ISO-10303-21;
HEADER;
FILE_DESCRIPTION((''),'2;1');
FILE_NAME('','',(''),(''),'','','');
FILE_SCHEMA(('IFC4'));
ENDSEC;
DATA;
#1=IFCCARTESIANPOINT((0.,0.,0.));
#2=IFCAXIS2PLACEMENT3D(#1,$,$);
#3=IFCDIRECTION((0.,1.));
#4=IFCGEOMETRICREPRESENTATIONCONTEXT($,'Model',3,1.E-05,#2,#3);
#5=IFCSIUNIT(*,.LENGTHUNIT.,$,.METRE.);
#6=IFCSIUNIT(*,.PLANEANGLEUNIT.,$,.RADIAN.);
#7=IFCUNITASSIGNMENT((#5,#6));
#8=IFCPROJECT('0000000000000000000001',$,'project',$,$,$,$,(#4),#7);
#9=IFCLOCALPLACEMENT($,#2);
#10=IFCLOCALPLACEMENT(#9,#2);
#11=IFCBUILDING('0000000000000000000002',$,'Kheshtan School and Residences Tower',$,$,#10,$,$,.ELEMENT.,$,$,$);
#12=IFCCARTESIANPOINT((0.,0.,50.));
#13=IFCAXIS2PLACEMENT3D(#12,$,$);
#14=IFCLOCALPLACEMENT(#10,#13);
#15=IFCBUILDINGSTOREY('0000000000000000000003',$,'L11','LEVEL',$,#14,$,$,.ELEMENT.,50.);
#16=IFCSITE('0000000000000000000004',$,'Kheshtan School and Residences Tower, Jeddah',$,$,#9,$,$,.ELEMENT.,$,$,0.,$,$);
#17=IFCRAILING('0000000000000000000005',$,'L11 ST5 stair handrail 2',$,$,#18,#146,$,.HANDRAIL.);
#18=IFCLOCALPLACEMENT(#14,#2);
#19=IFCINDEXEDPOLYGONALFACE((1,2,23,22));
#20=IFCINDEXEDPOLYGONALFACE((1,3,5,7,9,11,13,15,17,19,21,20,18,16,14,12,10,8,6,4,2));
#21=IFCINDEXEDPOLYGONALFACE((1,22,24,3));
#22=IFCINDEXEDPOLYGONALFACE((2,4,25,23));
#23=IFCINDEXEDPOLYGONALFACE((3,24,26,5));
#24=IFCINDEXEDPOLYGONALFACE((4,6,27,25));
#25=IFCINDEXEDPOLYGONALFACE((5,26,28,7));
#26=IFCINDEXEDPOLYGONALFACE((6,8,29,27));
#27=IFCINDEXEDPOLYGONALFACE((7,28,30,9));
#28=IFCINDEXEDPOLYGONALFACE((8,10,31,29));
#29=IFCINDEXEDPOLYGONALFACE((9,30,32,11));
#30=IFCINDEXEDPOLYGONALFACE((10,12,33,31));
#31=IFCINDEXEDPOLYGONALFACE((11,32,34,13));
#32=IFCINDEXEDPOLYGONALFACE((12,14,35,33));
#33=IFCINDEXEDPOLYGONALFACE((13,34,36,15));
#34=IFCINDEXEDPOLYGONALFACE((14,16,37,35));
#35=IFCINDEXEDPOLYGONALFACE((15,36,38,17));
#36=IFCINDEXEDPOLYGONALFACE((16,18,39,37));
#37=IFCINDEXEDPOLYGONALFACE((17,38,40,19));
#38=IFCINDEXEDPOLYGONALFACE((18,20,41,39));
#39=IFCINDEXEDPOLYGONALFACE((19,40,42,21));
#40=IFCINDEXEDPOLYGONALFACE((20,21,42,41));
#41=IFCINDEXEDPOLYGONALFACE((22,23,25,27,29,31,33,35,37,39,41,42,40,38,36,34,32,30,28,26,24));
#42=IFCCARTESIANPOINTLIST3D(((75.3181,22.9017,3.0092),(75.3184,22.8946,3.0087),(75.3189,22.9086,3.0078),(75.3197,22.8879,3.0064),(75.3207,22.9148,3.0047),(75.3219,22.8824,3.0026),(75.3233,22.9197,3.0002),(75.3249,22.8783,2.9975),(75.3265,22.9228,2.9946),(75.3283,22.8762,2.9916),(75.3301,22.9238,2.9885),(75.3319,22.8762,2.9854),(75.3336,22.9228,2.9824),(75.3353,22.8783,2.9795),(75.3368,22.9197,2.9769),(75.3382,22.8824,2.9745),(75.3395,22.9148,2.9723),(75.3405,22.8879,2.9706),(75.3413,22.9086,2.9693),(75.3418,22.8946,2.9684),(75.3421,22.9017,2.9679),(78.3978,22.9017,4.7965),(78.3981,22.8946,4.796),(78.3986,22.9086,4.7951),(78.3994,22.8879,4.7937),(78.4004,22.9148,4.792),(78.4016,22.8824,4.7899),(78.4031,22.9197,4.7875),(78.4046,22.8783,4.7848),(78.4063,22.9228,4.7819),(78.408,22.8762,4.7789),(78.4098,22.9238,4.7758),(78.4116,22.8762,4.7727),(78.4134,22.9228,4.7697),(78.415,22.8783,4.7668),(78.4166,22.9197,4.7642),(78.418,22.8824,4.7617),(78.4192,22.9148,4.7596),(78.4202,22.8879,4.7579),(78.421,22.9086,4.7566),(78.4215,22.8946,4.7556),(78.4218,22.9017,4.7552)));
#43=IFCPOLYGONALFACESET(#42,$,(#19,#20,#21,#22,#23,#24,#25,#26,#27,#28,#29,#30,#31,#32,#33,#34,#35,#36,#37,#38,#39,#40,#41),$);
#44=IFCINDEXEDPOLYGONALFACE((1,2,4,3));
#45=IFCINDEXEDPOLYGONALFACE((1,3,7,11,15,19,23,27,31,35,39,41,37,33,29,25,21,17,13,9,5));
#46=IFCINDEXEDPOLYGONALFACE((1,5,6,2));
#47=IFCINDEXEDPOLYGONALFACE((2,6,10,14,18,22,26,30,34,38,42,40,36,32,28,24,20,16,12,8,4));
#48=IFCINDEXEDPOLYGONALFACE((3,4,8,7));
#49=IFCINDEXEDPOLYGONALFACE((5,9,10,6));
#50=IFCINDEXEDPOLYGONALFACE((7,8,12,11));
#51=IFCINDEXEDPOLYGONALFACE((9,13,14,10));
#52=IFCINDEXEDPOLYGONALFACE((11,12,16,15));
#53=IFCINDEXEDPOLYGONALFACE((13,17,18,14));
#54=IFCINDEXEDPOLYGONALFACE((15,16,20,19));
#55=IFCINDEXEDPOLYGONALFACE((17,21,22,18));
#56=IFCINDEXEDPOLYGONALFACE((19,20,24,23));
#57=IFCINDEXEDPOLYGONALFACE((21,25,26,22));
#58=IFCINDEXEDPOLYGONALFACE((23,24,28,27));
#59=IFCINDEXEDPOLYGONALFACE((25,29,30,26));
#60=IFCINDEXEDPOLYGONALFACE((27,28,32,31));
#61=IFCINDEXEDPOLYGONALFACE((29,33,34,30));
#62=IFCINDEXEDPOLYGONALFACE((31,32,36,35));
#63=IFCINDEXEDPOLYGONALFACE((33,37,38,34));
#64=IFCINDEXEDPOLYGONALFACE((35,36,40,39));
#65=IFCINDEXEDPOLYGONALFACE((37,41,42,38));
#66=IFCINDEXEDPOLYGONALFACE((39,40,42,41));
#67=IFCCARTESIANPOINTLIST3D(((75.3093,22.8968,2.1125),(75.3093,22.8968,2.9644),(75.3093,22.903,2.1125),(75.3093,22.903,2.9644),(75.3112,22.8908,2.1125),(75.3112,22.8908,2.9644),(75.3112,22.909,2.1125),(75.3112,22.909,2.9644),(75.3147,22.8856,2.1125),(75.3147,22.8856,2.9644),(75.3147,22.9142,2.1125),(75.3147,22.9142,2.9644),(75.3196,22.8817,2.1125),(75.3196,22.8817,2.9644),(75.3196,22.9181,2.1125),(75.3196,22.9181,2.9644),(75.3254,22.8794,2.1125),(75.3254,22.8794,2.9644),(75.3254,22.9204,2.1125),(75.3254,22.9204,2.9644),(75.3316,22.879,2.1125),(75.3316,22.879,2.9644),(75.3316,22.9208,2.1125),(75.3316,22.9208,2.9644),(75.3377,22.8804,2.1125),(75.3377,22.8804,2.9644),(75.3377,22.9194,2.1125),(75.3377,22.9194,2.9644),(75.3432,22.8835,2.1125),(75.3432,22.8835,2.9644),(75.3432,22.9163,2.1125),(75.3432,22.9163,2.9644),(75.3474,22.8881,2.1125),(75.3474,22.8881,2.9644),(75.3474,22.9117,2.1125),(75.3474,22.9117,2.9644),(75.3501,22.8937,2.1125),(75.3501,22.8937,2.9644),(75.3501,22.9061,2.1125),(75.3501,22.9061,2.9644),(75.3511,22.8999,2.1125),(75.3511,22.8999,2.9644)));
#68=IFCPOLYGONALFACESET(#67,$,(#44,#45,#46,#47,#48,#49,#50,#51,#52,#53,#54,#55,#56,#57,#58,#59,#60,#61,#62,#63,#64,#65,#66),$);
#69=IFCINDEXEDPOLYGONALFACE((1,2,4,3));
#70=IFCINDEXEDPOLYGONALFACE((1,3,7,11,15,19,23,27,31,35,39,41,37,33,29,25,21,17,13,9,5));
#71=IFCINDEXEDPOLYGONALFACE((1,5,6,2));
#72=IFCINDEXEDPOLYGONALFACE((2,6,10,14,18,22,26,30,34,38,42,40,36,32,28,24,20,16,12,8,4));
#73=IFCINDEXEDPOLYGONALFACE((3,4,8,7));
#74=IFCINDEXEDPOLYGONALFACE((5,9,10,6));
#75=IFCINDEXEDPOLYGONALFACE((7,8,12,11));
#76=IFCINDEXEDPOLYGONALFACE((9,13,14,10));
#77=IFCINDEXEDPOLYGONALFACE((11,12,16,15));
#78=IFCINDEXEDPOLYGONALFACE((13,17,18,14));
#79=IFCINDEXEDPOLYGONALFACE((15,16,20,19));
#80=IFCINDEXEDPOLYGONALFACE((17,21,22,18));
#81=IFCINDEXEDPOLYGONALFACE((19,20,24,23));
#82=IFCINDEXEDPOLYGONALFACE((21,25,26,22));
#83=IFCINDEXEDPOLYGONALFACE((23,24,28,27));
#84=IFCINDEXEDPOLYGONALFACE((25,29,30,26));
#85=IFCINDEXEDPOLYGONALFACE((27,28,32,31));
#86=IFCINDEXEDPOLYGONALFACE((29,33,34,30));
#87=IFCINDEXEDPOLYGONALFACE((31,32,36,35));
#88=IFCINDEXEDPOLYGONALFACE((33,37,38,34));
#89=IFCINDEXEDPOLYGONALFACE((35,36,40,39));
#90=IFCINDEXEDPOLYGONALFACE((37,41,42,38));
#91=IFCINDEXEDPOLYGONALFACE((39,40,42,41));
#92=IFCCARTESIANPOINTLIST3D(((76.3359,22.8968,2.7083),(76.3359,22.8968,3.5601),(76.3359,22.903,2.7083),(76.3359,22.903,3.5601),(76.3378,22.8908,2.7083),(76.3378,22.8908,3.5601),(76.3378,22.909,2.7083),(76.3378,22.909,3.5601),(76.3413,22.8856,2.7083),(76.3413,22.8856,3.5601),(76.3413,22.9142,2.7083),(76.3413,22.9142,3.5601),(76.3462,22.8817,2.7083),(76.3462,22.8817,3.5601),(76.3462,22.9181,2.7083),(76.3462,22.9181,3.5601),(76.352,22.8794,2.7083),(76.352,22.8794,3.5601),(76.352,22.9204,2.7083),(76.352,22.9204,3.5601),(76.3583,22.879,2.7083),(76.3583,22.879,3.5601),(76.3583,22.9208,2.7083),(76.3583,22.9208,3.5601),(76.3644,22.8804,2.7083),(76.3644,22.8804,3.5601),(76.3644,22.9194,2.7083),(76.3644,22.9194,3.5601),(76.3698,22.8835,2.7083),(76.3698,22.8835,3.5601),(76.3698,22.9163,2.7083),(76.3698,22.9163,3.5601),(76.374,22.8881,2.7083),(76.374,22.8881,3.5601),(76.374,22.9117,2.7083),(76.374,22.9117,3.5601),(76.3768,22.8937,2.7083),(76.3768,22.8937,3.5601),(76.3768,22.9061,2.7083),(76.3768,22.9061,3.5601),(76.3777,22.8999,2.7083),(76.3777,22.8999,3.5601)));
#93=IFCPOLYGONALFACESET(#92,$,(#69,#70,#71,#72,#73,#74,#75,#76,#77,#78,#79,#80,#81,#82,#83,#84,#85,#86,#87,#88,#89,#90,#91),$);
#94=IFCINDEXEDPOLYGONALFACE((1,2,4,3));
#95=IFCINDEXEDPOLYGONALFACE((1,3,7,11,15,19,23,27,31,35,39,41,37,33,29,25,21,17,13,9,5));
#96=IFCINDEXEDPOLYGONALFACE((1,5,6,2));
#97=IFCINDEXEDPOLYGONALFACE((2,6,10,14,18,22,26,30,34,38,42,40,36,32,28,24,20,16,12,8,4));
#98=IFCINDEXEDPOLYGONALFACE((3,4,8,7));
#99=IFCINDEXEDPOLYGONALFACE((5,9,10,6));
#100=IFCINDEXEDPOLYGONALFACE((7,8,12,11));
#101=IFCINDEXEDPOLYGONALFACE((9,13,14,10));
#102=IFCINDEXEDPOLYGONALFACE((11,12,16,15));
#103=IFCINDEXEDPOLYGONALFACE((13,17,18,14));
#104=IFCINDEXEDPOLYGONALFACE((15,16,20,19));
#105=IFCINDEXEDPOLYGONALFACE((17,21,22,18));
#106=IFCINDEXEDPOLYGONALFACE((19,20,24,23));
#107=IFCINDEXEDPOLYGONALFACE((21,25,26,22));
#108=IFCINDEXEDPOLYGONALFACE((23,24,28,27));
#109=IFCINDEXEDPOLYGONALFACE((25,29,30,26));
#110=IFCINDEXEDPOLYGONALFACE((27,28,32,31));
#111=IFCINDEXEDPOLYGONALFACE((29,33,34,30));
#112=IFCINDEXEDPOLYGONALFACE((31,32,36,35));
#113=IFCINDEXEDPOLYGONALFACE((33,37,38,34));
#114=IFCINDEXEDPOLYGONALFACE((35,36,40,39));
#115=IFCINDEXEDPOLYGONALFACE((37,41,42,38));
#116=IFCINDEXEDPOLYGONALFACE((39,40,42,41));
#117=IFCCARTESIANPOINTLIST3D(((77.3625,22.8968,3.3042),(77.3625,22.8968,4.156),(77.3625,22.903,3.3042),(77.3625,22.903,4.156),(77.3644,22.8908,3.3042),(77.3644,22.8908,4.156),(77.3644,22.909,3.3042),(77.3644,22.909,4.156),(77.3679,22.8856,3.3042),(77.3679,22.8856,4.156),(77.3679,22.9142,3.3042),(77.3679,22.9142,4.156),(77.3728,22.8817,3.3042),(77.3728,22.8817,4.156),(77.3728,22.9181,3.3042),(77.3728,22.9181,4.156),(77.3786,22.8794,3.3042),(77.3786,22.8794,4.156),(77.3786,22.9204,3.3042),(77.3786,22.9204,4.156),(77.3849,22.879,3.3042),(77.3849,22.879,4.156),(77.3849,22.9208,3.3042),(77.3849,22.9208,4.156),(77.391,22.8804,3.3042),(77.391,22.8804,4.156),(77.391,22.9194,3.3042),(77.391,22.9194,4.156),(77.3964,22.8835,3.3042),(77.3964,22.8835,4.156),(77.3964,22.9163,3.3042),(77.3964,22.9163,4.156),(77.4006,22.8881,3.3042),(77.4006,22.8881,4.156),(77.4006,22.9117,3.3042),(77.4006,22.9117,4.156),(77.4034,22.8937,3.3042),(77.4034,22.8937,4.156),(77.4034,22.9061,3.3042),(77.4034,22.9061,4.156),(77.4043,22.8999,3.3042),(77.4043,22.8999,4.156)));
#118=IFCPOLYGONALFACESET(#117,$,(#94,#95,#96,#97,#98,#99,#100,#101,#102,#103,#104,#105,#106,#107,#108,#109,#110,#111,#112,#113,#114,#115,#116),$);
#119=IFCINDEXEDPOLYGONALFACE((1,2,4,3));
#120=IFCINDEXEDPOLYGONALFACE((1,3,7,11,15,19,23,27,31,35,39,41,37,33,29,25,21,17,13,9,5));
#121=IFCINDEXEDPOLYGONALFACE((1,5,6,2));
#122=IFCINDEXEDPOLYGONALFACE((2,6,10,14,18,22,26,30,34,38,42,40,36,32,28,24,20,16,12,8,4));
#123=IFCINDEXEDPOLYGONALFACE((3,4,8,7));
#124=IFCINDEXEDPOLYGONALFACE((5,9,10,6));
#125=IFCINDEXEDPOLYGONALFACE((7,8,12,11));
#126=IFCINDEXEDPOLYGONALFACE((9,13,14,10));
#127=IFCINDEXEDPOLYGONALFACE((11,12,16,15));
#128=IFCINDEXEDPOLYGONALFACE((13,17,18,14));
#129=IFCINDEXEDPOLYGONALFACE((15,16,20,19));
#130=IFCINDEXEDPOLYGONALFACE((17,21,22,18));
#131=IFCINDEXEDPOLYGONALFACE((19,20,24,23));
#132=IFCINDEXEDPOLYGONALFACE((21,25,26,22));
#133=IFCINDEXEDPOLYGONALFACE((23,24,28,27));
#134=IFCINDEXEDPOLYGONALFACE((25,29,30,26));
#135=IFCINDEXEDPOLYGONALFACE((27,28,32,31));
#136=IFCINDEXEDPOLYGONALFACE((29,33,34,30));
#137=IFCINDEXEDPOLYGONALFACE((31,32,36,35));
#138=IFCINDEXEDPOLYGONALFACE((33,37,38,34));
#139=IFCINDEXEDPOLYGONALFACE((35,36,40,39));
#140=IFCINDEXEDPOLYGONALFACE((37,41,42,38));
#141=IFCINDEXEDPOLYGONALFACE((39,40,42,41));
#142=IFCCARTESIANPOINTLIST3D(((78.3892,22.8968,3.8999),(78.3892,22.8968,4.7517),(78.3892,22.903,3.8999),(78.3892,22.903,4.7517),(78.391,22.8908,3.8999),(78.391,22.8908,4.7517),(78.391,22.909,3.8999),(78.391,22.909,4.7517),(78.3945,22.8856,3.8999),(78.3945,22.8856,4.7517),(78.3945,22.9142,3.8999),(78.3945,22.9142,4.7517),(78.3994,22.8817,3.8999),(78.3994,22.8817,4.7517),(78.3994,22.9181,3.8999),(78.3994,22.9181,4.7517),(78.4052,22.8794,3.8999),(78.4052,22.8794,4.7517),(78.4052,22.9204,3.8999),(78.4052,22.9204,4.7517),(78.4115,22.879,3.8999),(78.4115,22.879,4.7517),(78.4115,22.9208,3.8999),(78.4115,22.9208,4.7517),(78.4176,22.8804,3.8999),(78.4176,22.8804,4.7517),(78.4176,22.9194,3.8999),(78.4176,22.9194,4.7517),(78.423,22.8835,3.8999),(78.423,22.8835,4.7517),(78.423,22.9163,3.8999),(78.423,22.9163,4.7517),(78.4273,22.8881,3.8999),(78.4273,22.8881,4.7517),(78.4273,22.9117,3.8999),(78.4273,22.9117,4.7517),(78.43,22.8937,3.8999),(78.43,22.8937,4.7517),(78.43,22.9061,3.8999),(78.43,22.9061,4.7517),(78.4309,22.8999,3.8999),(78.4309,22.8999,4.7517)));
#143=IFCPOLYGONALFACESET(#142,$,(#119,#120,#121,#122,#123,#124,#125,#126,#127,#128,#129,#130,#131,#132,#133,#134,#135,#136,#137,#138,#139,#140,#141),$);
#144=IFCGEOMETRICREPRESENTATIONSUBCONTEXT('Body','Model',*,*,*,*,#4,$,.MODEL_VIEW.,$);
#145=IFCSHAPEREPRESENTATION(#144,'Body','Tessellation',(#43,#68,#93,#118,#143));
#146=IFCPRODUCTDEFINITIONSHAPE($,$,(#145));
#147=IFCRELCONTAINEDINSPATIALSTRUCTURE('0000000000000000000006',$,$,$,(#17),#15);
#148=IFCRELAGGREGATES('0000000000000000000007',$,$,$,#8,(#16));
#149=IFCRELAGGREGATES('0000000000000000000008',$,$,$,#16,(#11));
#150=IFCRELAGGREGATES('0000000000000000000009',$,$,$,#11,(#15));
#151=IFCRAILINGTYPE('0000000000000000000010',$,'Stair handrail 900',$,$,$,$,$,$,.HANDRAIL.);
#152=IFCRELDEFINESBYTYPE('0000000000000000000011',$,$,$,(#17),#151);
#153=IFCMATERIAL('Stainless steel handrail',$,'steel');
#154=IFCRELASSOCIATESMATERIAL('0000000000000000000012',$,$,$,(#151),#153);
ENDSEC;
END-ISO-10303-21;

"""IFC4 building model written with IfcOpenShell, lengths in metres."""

from ifc_helpers import new_model, si_unit, direction, frame, origin, origin_2d, place, context, subcontext, project, spatial, circle, extrude, material, type_object, element, save


model = new_model("IFC4")

# Units and contexts
model_context = context("Model", 3, precision=1e-05, world=origin(), true_north=direction((0.0, 1.0)))
body_context = subcontext(model_context, "Body", "Model", "MODEL_VIEW")
ifc_project = project(units=[si_unit("LENGTHUNIT", "METRE"), si_unit("PLANEANGLEUNIT", "RADIAN")], contexts=[model_context])

# Site, building, storey
site_placement = place(None, origin())
site = spatial("IfcSite", under=ifc_project, at=site_placement, Name="Kheshtan School and Residences Tower, Jeddah", CompositionType="ELEMENT", RefElevation=0.0)
building_placement = place(site_placement, origin())
building = spatial("IfcBuilding", under=site, at=building_placement, Name="Kheshtan School and Residences Tower", CompositionType="ELEMENT")
storey_placement = place(building_placement, frame((0.0, 0.0, 50.0)))
storey = spatial("IfcBuildingStorey", under=building, at=storey_placement, Name="L11", Description="LEVEL", CompositionType="ELEMENT", Elevation=50.0)

# Railing
ifc_material_1 = material(Name="Stainless steel handrail", Category="steel")
railing_type_1 = type_object("IfcRailingType", Name="Stair handrail 900", PredefinedType="HANDRAIL", material=ifc_material_1)
railing_1_placement = place(storey_placement, frame((75.3301, 22.8999, 2.1125)))
element("IfcRailing", 1, at=railing_1_placement, inside=storey, type_object=railing_type_1, Name="L11 ST5 stair handrail 2", PredefinedType="HANDRAIL", context=body_context, shape_type="SweptSolid", body=[
    extrude(circle(Radius=0.0239, at=origin_2d()), frame((0.0, 0.0, 0.876), z_axis=(0.864903, 0.0, 0.501939), x_axis=(0.0, 1.0, 0.0)), (0.0, 0.0, 1.0), 3.5608),
    extrude(circle(Radius=0.021, at=origin_2d()), origin(), (0.0, 0.0, 1.0), 0.8518),
    extrude(circle(Radius=0.021, at=origin_2d()), frame((1.0266, 0.0, 0.5957)), (0.0, 0.0, 1.0), 0.8518),
    extrude(circle(Radius=0.021, at=origin_2d()), frame((2.0532, 0.0, 1.1917)), (0.0, 0.0, 1.0), 0.8518),
    extrude(circle(Radius=0.021, at=origin_2d()), frame((3.0798, 0.0, 1.7874)), (0.0, 0.0, 1.0), 0.8518),
])

save(model, "model.ifc")
